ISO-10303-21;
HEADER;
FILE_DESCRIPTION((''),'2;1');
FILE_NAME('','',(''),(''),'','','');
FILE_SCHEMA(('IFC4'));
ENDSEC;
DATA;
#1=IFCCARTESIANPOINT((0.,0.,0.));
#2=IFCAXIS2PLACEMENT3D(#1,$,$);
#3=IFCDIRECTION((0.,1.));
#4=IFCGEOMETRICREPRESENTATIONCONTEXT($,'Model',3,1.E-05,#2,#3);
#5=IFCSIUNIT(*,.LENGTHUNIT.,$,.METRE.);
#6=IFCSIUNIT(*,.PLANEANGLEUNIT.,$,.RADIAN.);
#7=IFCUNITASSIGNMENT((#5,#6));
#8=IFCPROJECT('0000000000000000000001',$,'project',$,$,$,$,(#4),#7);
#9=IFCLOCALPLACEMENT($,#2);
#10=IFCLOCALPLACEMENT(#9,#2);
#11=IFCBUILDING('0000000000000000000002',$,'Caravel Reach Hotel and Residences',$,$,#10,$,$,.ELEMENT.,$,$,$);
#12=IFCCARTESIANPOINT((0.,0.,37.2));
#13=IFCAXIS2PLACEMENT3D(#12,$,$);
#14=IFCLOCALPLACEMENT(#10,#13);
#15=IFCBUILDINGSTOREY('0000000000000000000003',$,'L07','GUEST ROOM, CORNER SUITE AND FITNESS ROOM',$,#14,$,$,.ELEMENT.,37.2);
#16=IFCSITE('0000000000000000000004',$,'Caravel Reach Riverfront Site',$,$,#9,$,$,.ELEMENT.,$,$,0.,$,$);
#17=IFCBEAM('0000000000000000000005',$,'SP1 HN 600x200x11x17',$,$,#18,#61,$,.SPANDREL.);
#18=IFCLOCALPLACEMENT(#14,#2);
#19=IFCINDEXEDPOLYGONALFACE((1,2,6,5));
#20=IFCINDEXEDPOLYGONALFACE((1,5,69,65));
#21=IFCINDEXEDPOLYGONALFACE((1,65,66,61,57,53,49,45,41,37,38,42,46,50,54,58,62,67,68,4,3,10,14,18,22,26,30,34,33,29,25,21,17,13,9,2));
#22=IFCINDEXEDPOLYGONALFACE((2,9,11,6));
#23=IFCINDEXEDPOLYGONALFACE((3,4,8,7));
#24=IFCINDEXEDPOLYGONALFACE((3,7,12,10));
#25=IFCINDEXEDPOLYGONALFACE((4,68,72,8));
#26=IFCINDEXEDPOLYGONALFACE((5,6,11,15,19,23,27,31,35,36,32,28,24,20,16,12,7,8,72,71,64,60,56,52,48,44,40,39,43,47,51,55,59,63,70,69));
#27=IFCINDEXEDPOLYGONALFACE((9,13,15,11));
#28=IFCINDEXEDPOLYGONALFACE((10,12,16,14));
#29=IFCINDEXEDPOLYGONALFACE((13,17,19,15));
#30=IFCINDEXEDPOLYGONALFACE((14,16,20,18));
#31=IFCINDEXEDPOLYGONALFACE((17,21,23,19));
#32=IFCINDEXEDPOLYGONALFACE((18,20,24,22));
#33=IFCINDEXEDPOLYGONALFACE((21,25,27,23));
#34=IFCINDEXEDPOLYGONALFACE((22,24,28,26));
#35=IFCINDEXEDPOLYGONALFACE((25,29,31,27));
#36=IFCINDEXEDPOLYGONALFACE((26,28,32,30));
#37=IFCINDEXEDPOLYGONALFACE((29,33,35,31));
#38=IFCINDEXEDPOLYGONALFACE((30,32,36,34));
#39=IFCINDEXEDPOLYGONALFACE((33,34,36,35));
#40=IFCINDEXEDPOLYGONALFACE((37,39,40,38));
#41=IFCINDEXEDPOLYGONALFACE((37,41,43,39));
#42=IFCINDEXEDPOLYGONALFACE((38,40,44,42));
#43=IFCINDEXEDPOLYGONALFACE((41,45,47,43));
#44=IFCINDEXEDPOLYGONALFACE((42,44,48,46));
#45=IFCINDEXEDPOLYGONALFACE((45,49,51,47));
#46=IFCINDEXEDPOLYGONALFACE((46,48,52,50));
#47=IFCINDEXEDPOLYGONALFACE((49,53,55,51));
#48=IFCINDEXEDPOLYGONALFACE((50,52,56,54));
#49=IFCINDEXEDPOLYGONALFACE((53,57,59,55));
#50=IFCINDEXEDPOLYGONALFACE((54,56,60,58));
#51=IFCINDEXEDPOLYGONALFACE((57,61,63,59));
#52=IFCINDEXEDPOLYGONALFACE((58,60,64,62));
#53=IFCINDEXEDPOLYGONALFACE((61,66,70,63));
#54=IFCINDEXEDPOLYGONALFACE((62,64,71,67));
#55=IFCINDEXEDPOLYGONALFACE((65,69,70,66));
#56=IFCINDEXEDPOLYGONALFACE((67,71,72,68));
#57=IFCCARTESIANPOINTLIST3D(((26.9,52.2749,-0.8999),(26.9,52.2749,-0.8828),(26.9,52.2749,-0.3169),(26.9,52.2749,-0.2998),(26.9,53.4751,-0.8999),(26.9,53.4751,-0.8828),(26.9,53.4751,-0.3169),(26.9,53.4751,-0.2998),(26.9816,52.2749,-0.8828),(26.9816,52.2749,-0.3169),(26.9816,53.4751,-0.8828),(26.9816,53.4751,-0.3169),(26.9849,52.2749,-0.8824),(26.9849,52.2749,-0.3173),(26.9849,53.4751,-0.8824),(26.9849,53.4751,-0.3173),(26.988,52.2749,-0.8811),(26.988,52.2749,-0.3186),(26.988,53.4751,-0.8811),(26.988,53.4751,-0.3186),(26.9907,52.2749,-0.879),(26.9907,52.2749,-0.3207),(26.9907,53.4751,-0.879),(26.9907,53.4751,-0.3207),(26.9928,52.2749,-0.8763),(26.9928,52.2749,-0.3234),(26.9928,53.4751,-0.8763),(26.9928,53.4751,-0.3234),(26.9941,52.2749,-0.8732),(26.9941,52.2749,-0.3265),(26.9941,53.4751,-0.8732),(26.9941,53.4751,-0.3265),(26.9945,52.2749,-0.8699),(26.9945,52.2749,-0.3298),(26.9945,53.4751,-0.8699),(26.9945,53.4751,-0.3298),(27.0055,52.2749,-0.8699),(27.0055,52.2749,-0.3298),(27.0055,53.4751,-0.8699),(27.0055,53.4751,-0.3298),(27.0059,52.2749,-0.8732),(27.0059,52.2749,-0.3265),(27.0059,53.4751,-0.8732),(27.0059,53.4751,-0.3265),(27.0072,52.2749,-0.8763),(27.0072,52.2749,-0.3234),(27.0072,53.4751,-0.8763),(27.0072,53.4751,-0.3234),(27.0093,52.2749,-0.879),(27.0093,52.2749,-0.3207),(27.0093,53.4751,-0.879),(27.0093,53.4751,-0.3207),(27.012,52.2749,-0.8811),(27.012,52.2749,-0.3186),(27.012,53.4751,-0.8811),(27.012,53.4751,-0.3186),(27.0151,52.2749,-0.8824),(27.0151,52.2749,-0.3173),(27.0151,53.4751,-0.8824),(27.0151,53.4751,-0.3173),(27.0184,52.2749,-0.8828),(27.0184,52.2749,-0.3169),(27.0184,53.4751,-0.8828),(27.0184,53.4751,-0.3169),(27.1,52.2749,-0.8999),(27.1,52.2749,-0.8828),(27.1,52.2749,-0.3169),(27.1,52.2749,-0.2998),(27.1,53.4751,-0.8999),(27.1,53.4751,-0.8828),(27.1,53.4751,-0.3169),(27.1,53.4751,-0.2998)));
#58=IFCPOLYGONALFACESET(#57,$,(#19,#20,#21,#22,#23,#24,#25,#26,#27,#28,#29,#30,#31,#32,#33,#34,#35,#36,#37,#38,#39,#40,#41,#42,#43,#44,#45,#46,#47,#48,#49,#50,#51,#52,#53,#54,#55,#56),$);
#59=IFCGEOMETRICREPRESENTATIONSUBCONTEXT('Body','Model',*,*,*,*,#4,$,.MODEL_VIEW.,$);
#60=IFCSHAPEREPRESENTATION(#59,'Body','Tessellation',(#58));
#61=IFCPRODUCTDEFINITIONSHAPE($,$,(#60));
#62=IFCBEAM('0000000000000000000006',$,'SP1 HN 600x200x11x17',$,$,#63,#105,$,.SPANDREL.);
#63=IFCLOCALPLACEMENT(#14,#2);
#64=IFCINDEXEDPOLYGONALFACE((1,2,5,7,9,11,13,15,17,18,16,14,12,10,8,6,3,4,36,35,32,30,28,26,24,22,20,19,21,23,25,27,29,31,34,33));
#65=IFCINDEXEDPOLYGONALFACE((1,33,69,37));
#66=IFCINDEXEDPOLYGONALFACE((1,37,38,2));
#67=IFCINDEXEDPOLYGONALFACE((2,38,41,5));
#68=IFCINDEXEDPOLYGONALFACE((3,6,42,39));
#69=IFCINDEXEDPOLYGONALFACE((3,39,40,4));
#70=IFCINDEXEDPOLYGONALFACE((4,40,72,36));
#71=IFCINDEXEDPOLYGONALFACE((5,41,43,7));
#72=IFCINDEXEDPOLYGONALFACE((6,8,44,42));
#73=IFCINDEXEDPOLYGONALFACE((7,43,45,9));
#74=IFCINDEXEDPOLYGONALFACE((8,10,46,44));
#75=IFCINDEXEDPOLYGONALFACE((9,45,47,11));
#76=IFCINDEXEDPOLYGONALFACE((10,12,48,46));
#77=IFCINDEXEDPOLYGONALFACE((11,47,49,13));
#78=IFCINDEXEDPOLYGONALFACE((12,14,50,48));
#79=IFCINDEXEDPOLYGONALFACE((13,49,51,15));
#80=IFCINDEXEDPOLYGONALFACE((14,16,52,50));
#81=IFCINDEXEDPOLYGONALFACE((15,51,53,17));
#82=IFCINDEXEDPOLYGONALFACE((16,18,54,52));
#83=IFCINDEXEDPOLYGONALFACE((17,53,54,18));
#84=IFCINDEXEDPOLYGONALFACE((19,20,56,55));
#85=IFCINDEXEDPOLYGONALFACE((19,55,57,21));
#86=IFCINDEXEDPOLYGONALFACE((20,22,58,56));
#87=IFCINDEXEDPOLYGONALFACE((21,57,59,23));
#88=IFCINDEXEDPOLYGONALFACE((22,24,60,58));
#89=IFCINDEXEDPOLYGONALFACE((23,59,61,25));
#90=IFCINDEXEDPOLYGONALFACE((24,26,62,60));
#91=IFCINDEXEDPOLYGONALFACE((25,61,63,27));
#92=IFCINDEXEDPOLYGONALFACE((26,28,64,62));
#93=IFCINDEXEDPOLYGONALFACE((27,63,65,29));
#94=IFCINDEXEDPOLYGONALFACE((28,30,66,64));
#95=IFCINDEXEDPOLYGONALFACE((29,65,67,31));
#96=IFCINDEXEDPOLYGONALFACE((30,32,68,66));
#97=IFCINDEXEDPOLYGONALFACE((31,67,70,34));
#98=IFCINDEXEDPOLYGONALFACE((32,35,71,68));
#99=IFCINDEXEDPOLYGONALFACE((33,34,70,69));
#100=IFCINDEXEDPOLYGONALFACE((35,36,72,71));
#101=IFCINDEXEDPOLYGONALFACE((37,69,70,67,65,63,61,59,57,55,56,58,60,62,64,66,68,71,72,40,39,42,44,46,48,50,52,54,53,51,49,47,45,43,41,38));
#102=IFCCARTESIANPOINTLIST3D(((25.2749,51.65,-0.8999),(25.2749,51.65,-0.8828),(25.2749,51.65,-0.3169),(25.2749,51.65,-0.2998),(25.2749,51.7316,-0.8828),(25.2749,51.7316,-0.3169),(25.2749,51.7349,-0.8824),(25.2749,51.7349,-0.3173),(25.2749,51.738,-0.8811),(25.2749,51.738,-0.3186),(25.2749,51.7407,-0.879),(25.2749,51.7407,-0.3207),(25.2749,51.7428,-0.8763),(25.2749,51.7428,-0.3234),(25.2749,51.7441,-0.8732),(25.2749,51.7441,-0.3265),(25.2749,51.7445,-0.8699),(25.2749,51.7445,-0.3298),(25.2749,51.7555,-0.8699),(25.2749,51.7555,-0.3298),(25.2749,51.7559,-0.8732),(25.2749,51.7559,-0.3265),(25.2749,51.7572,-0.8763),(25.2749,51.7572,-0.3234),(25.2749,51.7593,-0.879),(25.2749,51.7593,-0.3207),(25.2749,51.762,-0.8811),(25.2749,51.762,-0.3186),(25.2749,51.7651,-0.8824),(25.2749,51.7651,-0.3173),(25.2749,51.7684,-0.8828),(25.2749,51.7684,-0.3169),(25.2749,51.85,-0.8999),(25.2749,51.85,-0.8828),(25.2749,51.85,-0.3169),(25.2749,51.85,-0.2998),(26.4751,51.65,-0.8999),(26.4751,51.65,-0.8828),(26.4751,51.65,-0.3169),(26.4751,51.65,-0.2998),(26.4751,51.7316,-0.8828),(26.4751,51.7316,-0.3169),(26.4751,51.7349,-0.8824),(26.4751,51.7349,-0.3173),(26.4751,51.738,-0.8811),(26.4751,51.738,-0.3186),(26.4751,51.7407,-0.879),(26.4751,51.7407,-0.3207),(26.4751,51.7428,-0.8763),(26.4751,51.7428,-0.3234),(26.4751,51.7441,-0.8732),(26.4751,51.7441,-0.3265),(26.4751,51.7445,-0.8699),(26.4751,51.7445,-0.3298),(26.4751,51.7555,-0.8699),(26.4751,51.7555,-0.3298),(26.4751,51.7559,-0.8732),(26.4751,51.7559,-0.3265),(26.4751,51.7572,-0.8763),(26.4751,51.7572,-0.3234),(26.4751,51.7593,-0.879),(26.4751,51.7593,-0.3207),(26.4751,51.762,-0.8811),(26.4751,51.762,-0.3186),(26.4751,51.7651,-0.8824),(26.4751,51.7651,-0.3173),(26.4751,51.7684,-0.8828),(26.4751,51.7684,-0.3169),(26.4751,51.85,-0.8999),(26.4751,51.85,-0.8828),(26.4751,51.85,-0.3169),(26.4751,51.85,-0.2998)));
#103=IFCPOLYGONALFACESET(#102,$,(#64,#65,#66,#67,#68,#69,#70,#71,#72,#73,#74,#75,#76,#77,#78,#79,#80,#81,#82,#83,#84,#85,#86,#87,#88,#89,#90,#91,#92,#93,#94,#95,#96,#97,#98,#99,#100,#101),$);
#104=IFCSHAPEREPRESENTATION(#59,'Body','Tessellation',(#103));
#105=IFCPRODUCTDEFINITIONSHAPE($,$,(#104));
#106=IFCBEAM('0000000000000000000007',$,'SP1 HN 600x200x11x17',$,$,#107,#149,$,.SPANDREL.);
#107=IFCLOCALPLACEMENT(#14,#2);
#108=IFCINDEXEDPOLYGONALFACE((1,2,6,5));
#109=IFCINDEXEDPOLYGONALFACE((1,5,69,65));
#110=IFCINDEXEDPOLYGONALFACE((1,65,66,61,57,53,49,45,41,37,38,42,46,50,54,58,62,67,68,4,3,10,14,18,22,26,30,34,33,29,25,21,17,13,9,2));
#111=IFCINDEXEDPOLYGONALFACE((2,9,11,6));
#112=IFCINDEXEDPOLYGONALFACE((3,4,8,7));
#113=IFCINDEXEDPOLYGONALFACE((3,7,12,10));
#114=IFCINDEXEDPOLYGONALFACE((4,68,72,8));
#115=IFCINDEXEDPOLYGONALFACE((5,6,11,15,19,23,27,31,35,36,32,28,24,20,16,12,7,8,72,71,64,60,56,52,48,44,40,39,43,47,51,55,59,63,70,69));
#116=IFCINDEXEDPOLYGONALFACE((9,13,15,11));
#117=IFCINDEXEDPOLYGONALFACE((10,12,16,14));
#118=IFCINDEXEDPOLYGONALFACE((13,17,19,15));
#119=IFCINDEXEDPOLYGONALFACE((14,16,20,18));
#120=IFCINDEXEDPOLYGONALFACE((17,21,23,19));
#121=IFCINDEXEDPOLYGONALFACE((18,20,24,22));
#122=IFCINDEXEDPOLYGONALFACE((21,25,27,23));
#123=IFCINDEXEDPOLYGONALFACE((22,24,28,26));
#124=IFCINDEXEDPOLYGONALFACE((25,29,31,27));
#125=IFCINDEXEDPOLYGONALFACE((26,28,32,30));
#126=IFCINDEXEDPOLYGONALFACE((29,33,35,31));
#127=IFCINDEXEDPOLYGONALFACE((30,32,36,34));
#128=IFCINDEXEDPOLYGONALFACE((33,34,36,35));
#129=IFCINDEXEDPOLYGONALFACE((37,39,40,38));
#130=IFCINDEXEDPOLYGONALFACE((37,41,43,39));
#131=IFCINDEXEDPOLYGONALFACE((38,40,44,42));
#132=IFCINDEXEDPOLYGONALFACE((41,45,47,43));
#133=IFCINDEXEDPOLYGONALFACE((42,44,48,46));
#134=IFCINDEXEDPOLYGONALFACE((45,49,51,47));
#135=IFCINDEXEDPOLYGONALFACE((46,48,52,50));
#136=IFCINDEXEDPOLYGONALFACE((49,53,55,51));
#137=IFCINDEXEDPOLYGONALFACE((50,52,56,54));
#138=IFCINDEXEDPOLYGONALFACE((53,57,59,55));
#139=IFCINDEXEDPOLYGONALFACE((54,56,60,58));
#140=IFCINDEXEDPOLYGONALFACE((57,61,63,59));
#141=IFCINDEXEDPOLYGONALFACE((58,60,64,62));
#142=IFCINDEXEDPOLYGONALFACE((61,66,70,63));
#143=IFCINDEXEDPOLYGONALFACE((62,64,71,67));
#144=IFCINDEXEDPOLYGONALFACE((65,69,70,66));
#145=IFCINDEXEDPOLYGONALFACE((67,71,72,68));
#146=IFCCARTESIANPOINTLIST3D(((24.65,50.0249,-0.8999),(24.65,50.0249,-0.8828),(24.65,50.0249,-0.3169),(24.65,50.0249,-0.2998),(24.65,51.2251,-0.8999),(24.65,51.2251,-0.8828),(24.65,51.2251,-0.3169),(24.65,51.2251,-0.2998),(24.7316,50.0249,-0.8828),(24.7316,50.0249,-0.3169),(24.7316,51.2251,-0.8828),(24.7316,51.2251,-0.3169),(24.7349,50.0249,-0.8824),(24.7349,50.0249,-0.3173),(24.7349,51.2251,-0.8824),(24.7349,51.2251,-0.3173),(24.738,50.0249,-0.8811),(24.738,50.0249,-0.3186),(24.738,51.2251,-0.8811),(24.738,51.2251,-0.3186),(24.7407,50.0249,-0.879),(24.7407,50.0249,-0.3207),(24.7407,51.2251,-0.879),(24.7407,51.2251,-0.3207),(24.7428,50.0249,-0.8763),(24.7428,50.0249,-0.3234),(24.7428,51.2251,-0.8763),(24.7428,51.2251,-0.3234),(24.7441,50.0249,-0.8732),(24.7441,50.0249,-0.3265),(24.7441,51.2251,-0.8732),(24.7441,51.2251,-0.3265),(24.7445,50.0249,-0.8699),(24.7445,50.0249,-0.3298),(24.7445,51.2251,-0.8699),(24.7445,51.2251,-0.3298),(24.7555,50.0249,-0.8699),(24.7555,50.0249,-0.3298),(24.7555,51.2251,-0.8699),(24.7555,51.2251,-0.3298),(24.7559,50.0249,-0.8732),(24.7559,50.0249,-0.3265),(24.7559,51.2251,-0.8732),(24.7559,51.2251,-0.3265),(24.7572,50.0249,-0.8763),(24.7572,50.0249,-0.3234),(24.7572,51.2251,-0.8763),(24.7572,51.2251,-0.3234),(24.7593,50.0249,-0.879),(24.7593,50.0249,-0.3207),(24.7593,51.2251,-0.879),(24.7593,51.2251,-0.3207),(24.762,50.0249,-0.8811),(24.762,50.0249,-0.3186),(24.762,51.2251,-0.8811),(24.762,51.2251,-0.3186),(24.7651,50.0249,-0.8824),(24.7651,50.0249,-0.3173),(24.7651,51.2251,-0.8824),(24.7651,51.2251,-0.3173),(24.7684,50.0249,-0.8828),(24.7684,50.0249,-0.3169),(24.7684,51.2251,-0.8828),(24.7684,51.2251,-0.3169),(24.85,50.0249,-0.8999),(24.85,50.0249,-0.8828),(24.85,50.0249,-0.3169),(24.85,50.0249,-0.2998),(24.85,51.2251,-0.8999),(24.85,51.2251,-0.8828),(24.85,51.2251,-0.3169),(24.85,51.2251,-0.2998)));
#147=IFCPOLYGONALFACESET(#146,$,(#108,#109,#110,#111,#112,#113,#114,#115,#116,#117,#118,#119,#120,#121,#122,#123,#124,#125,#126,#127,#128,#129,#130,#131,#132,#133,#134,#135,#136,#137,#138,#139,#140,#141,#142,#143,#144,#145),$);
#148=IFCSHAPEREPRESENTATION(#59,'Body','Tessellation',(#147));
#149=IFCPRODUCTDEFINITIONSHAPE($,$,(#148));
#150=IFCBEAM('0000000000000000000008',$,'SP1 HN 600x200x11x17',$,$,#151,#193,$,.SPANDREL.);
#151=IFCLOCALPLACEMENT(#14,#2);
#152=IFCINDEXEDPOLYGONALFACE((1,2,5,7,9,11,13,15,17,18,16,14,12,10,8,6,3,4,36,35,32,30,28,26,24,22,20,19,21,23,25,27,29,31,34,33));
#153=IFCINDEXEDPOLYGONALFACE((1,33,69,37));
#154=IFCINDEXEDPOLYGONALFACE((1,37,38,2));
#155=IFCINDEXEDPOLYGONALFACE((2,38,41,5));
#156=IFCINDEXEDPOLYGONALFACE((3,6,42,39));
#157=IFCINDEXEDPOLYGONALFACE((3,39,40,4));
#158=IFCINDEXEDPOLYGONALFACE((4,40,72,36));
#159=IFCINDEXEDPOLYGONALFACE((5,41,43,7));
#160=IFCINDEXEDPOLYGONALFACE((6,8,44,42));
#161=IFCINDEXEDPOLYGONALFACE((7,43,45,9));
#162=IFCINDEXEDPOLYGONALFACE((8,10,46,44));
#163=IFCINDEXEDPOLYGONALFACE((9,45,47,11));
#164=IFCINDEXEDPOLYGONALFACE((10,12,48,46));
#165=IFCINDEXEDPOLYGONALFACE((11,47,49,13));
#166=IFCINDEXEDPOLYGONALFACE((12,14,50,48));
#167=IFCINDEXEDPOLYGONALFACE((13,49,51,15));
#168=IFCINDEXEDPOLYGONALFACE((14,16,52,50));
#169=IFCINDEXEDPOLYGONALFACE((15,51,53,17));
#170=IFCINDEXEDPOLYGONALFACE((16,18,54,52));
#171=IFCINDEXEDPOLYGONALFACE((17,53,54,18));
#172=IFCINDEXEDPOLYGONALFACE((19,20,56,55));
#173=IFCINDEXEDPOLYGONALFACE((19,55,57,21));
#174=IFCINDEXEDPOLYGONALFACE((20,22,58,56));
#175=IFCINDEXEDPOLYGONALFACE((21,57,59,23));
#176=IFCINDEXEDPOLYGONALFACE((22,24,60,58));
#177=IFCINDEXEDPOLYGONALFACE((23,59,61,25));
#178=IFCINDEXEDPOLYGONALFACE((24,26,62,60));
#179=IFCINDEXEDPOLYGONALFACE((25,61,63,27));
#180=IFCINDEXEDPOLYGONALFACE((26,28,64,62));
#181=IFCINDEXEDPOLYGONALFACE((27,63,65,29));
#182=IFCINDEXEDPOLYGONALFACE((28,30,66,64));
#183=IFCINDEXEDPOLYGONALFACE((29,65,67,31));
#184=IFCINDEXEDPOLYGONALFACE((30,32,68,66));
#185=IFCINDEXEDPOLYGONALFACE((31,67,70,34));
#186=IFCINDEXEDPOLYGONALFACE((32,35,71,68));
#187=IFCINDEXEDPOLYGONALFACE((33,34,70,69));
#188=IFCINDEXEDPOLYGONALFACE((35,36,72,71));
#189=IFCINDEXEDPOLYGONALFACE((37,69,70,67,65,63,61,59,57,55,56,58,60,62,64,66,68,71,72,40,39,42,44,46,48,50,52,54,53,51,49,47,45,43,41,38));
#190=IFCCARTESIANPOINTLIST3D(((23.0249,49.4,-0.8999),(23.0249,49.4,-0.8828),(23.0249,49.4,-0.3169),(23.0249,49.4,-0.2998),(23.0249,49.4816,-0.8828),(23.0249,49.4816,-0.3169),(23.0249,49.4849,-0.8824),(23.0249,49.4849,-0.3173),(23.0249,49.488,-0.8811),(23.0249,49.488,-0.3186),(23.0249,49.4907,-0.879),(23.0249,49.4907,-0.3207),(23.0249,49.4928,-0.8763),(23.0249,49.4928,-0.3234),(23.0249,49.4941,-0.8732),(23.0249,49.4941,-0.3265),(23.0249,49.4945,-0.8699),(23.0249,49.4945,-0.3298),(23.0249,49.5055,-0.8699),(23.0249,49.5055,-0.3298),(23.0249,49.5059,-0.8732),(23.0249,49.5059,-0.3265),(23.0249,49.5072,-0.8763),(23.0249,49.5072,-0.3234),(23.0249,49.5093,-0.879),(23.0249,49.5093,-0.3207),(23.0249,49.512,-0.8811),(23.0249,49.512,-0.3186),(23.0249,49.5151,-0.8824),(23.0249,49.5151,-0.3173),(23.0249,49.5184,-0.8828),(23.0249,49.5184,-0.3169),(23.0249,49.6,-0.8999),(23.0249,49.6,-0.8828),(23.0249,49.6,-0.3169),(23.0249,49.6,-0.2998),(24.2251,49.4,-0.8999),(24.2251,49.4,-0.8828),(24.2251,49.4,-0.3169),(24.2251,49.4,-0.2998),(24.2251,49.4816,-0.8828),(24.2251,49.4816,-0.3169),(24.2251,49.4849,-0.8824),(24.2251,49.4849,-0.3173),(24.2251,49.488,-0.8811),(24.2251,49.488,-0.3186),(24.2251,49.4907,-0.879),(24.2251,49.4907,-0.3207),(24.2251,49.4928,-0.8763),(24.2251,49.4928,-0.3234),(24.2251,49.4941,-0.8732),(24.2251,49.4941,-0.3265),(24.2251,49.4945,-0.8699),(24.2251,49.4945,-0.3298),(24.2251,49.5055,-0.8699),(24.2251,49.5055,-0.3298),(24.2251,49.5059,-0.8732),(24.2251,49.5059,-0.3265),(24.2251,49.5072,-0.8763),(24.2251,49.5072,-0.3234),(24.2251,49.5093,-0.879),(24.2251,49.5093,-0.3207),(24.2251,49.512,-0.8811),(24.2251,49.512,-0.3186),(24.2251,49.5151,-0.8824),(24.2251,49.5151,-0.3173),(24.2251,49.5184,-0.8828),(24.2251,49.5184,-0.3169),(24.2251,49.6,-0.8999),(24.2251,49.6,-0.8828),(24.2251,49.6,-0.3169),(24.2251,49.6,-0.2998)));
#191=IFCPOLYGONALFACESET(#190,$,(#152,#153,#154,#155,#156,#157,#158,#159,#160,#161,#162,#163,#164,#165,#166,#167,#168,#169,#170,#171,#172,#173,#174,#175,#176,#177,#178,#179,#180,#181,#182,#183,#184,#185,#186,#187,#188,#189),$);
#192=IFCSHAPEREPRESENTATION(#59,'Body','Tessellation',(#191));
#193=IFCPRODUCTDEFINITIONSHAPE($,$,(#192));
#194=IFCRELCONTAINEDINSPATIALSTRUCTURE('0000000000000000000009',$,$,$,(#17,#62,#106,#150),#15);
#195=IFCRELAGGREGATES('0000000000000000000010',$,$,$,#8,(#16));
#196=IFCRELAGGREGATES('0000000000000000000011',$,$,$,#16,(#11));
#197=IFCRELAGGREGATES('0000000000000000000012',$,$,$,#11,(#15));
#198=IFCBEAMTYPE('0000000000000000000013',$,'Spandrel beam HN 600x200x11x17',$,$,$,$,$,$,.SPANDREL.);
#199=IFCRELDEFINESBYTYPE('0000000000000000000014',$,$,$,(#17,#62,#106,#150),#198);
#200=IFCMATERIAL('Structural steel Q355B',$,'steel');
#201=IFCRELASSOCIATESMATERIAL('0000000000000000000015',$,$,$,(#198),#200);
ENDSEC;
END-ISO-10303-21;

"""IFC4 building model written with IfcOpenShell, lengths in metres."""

from ifc_helpers import new_model, si_unit, direction, frame, origin, origin_2d, place, context, subcontext, project, spatial, i_section, extrude, material, material_profile, profile_set, type_object, element, save


model = new_model("IFC4")

# Units and contexts
model_context = context("Model", 3, precision=1e-05, world=origin(), true_north=direction((0.0, 1.0)))
body_context = subcontext(model_context, "Body", "Model", "MODEL_VIEW")
ifc_project = project(units=[si_unit("LENGTHUNIT", "METRE"), si_unit("PLANEANGLEUNIT", "RADIAN")], contexts=[model_context])

# Site, building, storey
site_placement = place(None, origin())
site = spatial("IfcSite", under=ifc_project, at=site_placement, Name="Caravel Reach Riverfront Site", CompositionType="ELEMENT", RefElevation=0.0)
building_placement = place(site_placement, origin())
building = spatial("IfcBuilding", under=site, at=building_placement, Name="Caravel Reach Hotel and Residences", CompositionType="ELEMENT")
storey_placement = place(building_placement, frame((0.0, 0.0, 37.2)))
storey = spatial("IfcBuildingStorey", under=building, at=storey_placement, Name="L07", Description="GUEST ROOM, CORNER SUITE AND FITNESS ROOM", CompositionType="ELEMENT", Elevation=37.2)

# Beams
ifc_material_1 = material(Name="Structural steel Q355B", Category="steel")
ifc_material_profile_1 = material_profile(ifc_material_1, i_section(OverallWidth=0.2, OverallDepth=0.6001, WebThickness=0.011, FlangeThickness=0.0171, FilletRadius=0.0129, at=origin_2d()), Name="HN 600x200x11x17")
ifc_profile_set_1 = profile_set([ifc_material_profile_1], Name="Structural steel Q355B")
beam_type_1 = type_object("IfcBeamType", Name="Spandrel beam HN 600x200x11x17", PredefinedType="SPANDREL", material=ifc_profile_set_1)
for number, where, z_axis, x_axis, name in (
    (1, (27.0, 53.4751, -0.5999), (0.0, -1.0, 0.0), (1.0, 0.0, 0.0), "SP1 HN 600x200x11x17"),
    (2, (26.4751, 51.75, -0.5999), (-1.0, 0.0, 0.0), (0.0, -1.0, 0.0), "SP1 HN 600x200x11x17"),
    (3, (24.75, 51.2251, -0.5999), (0.0, -1.0, 0.0), (1.0, 0.0, 0.0), "SP1 HN 600x200x11x17"),
    (4, (24.2251, 49.5, -0.5999), (-1.0, 0.0, 0.0), (0.0, -1.0, 0.0), "SP1 HN 600x200x11x17"),
):
    element("IfcBeam", number, at=place(storey_placement, frame(where, z_axis=z_axis, x_axis=x_axis)), inside=storey, type_object=beam_type_1, Name=name, PredefinedType="SPANDREL", context=body_context, shape_type="SweptSolid", body=[
        extrude(i_section(OverallWidth=0.2, OverallDepth=0.6001, WebThickness=0.011, FlangeThickness=0.0171, FilletRadius=0.0129, at=origin_2d()), origin(), (0.0, 0.0, 1.0), 1.2002),
    ])

save(model, "model.ifc")
